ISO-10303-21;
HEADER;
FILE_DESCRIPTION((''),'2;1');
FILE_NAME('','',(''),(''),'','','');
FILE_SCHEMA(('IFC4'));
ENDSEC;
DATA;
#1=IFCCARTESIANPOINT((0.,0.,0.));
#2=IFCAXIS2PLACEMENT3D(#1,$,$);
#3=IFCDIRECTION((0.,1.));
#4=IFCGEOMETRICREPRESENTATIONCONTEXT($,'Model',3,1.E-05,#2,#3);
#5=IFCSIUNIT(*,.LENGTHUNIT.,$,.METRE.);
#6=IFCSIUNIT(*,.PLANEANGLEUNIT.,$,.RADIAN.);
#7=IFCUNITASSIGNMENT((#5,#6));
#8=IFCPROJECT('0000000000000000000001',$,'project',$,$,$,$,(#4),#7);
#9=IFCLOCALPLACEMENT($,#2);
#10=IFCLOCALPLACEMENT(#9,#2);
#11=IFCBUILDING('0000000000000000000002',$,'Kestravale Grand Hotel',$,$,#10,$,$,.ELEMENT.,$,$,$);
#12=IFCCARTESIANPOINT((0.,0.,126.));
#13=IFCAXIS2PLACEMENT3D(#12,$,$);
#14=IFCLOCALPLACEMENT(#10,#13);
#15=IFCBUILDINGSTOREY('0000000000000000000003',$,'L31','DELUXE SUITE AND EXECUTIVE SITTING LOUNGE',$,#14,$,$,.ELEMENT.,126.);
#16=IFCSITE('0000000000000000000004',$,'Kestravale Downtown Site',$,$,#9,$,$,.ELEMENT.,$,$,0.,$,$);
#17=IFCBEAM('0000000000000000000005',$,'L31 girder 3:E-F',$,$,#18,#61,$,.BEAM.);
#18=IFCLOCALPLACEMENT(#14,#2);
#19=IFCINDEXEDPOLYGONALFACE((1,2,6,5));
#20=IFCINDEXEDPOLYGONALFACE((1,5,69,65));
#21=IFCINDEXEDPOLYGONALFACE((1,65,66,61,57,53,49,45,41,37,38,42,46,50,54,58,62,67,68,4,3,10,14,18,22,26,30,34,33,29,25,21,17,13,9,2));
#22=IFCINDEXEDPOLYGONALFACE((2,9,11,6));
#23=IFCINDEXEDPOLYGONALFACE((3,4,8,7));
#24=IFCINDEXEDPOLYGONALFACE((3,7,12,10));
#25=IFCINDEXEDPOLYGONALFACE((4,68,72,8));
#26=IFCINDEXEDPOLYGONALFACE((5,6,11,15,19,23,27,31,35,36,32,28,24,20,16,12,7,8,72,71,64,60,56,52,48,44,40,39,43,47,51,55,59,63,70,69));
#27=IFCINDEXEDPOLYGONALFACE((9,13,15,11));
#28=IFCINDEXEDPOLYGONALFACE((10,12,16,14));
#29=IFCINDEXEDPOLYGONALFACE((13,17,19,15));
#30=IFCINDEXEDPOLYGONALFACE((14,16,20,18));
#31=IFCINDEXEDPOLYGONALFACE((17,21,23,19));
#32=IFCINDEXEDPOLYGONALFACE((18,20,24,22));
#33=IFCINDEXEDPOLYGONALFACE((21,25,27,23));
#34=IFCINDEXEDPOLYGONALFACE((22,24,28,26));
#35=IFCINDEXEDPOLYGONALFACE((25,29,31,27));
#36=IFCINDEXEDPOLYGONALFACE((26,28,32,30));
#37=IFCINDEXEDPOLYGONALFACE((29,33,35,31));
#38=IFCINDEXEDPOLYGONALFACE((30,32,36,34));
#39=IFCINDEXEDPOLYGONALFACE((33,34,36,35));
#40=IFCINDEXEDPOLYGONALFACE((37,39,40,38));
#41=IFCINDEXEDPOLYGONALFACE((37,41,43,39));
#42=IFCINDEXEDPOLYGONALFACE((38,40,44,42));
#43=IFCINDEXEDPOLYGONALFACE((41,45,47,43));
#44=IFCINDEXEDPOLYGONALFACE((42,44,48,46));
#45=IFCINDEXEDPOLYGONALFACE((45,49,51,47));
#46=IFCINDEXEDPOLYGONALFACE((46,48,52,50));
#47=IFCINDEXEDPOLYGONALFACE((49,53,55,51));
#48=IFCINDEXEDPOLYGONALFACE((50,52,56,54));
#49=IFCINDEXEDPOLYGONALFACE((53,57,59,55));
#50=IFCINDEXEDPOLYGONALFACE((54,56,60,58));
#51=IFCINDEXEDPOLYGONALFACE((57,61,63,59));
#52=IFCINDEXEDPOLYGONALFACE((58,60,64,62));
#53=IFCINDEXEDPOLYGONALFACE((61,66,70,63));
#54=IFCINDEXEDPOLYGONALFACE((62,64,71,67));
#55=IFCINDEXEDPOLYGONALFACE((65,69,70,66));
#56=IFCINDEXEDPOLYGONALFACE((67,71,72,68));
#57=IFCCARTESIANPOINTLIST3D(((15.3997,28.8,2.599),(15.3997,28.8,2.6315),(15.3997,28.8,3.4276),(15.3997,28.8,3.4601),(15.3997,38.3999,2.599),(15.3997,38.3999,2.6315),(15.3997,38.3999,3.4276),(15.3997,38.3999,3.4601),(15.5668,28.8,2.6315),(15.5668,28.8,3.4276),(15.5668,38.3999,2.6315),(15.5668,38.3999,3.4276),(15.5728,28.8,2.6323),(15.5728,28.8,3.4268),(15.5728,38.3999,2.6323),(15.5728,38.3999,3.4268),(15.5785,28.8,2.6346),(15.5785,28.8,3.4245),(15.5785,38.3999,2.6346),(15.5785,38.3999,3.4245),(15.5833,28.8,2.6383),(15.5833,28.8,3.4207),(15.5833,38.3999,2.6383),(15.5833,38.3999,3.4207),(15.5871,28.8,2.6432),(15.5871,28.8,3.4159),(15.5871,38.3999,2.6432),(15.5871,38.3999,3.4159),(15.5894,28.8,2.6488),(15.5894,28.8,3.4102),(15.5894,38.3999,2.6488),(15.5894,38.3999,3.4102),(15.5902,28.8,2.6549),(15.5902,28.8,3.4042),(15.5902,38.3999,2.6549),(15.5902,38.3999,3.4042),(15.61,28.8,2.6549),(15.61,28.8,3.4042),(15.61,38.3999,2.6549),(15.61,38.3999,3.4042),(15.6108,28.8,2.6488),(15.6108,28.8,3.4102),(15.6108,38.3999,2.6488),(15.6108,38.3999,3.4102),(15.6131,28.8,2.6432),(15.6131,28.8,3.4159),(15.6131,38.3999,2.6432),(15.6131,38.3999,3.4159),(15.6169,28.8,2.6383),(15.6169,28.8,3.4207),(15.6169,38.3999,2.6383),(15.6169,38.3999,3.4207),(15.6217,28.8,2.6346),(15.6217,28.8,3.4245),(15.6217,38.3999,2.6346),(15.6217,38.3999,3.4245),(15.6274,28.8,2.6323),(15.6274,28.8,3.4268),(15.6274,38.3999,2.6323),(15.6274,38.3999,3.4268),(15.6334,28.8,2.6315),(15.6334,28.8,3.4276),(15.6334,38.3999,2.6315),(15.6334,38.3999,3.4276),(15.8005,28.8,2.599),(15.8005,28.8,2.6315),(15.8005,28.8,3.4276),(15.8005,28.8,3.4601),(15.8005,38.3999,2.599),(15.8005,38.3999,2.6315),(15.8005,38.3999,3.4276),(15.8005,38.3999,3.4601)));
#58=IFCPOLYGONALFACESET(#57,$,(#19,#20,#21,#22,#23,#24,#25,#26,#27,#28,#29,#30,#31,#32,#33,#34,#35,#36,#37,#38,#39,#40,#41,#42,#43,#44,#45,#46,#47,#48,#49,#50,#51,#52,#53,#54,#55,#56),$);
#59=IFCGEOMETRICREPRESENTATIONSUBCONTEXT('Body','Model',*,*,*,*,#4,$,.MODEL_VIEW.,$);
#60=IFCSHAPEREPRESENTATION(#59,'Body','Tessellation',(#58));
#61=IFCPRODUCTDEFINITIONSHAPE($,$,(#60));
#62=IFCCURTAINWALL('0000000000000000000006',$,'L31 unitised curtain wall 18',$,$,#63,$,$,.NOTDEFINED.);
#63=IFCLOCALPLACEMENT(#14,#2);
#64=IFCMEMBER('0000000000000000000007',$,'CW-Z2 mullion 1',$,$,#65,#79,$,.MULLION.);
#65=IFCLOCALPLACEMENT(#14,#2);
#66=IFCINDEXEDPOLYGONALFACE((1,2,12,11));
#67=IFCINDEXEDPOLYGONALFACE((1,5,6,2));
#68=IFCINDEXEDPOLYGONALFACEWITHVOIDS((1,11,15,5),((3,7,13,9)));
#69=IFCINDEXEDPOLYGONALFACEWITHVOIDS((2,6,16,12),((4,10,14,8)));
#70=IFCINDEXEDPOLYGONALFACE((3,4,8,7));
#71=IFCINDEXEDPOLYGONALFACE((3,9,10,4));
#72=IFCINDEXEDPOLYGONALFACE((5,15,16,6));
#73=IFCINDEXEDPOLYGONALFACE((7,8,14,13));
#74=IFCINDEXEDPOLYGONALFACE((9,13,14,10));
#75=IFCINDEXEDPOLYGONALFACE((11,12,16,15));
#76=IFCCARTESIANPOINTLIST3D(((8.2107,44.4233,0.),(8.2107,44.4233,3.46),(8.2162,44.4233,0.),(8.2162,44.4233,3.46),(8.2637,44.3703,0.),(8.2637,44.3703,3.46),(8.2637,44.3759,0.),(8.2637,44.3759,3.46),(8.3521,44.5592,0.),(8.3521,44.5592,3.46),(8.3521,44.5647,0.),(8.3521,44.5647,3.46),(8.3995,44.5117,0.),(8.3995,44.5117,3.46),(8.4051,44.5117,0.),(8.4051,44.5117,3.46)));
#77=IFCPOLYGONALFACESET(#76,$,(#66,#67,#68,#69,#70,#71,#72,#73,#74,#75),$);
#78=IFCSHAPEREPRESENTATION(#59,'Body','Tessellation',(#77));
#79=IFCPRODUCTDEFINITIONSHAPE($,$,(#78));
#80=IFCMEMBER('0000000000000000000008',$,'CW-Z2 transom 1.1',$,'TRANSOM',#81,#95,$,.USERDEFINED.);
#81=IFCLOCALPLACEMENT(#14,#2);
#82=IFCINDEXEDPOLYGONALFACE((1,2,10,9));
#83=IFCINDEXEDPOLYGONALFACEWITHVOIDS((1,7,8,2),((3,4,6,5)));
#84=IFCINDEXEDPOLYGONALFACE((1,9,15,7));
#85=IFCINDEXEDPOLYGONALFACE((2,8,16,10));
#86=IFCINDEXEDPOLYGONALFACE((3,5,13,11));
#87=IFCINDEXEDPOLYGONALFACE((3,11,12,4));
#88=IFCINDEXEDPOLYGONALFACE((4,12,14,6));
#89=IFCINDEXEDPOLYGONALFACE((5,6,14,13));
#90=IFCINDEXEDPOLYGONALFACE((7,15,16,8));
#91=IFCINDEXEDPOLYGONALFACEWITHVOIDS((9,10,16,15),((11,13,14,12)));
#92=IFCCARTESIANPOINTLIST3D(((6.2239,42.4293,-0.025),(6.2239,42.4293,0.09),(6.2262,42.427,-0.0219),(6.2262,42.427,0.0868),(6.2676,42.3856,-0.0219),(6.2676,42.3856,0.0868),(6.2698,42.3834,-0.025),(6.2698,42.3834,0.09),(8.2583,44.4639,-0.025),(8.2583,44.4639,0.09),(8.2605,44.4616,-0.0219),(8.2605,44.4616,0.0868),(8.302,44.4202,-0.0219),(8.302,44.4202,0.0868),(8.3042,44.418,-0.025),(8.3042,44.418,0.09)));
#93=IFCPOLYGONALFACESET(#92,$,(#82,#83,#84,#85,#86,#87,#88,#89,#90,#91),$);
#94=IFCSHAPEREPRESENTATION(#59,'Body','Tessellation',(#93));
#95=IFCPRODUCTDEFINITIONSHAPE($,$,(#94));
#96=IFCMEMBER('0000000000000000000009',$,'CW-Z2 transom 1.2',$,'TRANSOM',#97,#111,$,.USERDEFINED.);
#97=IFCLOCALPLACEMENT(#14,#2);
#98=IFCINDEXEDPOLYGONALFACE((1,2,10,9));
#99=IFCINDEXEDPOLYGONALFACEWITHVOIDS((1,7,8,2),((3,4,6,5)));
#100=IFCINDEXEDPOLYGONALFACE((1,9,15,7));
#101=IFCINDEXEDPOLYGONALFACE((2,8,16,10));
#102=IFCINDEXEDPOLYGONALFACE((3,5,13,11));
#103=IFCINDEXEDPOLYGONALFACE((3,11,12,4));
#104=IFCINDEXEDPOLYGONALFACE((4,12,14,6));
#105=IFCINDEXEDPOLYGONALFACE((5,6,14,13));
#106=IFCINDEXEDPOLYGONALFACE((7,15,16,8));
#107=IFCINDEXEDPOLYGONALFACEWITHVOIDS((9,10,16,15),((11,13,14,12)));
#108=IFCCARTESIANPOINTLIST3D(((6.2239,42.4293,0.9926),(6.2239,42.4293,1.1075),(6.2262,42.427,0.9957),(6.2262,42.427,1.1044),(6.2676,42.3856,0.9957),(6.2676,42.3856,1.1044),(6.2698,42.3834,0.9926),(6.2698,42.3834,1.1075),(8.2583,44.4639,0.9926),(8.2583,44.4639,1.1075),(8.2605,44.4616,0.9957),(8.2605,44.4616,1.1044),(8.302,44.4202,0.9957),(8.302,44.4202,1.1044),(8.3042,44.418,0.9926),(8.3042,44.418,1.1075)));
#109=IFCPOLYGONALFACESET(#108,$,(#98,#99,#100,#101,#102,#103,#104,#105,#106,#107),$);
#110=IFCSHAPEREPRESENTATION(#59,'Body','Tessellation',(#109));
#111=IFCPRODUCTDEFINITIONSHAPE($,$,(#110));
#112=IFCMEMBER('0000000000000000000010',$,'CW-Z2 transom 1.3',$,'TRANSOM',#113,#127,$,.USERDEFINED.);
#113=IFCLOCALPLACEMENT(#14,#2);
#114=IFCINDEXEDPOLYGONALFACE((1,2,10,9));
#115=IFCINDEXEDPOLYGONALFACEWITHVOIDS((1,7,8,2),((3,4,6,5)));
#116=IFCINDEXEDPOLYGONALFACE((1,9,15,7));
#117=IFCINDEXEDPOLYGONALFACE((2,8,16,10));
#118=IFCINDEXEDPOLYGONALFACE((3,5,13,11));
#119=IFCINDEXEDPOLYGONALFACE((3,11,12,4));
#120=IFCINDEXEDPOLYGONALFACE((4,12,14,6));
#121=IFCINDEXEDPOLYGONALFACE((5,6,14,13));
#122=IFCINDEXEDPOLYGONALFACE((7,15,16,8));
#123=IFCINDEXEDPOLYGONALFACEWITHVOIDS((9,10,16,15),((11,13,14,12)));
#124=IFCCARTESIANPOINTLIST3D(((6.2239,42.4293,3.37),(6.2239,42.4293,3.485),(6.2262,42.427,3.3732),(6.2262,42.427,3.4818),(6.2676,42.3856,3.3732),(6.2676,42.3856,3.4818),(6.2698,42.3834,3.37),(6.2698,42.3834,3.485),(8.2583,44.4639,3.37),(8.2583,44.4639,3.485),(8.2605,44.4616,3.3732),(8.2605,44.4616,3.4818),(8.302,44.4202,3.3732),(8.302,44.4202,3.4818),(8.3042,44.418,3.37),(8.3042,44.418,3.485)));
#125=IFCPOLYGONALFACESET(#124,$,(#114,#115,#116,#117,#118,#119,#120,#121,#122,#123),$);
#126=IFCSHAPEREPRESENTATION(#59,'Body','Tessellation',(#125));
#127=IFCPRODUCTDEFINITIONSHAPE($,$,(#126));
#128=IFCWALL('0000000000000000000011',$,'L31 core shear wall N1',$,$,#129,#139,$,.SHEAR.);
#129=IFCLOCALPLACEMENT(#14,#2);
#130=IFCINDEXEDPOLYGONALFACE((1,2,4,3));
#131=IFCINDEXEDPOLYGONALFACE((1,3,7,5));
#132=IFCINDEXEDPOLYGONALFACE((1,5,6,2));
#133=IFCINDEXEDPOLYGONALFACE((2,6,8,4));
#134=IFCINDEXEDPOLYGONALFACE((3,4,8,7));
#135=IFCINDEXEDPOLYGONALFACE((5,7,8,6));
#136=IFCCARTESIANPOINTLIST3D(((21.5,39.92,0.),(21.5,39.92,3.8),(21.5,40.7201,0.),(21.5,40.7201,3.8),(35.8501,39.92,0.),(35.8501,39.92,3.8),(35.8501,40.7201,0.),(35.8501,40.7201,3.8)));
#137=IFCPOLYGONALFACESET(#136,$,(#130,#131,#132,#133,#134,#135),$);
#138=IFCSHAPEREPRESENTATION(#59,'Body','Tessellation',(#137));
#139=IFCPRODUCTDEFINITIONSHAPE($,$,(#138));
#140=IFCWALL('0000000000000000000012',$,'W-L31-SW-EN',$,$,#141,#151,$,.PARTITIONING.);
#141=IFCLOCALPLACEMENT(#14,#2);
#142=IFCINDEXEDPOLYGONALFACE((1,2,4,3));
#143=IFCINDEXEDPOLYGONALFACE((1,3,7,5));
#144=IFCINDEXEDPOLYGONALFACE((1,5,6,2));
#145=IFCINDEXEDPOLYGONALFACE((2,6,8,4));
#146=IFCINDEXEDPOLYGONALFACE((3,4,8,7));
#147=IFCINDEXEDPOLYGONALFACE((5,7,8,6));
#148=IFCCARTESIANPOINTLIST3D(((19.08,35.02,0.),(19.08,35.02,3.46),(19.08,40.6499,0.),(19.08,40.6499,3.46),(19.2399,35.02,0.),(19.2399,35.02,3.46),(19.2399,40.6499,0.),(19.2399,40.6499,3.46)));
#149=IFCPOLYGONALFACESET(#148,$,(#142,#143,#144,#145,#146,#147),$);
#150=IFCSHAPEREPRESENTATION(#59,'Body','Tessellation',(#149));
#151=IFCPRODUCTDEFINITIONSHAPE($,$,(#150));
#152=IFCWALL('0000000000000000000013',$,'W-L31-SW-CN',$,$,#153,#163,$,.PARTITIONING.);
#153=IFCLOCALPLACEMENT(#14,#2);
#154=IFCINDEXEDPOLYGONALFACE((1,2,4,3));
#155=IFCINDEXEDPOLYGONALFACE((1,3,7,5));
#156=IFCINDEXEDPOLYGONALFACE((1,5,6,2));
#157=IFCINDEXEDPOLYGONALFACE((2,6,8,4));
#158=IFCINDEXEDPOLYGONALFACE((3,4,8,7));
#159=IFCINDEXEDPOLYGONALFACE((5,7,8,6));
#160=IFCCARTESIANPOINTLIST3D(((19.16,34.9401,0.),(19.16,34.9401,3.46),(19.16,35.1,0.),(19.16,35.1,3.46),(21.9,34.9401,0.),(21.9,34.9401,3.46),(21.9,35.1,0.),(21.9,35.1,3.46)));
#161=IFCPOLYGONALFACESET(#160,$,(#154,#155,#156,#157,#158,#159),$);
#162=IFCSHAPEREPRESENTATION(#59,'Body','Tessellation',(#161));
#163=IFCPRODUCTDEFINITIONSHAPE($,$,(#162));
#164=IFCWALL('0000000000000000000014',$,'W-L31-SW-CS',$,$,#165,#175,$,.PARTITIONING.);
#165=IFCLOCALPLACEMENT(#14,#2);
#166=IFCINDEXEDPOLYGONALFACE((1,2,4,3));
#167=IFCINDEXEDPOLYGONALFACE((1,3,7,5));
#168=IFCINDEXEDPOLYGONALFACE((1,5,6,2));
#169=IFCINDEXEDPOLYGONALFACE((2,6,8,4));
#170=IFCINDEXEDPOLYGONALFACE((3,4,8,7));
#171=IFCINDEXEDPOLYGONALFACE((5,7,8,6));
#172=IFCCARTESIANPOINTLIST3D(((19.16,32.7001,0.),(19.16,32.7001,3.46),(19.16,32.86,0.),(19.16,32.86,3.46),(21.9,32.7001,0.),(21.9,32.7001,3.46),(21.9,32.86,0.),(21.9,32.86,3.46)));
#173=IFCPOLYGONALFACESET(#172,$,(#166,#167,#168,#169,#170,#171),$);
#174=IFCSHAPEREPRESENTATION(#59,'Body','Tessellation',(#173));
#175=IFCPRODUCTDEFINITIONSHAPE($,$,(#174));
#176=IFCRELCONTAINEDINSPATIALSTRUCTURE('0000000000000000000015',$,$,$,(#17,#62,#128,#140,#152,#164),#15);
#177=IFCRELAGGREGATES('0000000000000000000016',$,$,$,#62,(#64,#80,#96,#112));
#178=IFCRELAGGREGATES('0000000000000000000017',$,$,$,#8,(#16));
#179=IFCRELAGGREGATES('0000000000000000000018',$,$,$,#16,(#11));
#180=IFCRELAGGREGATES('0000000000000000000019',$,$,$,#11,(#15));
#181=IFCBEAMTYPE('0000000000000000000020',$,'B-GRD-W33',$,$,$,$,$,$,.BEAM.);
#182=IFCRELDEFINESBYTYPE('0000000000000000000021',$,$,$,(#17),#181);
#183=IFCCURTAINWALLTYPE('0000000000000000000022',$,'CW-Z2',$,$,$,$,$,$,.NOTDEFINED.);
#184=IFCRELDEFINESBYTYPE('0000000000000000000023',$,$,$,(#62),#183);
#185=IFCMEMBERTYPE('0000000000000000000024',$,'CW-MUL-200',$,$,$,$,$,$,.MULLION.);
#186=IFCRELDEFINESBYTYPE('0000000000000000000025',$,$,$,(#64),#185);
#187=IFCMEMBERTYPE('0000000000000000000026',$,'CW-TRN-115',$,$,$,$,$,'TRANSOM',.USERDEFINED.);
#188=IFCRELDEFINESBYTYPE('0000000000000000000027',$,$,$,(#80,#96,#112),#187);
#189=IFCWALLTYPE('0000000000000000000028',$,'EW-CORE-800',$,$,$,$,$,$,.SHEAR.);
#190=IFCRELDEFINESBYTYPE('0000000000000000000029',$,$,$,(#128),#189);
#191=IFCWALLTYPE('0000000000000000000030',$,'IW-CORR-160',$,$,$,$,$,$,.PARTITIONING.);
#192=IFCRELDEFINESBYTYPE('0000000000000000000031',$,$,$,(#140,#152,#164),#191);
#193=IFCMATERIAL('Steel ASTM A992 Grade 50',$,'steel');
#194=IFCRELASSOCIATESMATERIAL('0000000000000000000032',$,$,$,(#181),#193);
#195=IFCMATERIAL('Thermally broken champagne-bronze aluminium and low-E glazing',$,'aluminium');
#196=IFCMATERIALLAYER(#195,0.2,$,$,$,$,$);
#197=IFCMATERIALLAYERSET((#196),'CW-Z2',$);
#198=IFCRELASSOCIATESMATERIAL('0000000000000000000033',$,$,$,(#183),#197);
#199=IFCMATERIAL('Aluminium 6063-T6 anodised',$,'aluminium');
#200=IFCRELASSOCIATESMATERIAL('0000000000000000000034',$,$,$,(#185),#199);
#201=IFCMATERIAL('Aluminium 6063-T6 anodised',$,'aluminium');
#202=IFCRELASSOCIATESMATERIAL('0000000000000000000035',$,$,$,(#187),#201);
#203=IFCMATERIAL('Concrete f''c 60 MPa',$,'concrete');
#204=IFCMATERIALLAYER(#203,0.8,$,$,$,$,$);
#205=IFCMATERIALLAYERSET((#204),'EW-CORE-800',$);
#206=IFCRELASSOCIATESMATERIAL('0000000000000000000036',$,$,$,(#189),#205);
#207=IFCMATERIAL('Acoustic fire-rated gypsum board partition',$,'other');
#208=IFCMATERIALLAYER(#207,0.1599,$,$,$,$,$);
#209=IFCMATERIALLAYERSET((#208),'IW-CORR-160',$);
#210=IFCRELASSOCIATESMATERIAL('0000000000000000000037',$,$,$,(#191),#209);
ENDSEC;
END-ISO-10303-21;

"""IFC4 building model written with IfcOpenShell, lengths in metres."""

from ifc_helpers import new_model, si_unit, direction, frame, frame_2d, origin, origin_2d, place, context, subcontext, project, spatial, rectangle, hollow_rectangle, i_section, extrude, material, layer, layer_set, material_profile, profile_set, type_object, element, aggregate, save


model = new_model("IFC4")

# Units and contexts
model_context = context("Model", 3, precision=1e-05, world=origin(), true_north=direction((0.0, 1.0)))
body_context = subcontext(model_context, "Body", "Model", "MODEL_VIEW")
ifc_project = project(units=[si_unit("LENGTHUNIT", "METRE"), si_unit("PLANEANGLEUNIT", "RADIAN")], contexts=[model_context])

# Site, building, storey
site_placement = place(None, origin())
site = spatial("IfcSite", under=ifc_project, at=site_placement, Name="Kestravale Downtown Site", CompositionType="ELEMENT", RefElevation=0.0)
building_placement = place(site_placement, origin())
building = spatial("IfcBuilding", under=site, at=building_placement, Name="Kestravale Grand Hotel", CompositionType="ELEMENT")
storey_placement = place(building_placement, frame((0.0, 0.0, 126.0)))
storey = spatial("IfcBuildingStorey", under=building, at=storey_placement, Name="L31", Description="DELUXE SUITE AND EXECUTIVE SITTING LOUNGE", CompositionType="ELEMENT", Elevation=126.0)

# Beam
ifc_material_1 = material(Name="Steel ASTM A992 Grade 50", Category="steel")
ifc_material_profile_1 = material_profile(ifc_material_1, i_section(OverallWidth=0.4009, OverallDepth=0.8611, WebThickness=0.0198, FlangeThickness=0.0325, FilletRadius=0.0234, at=origin_2d()))
ifc_profile_set_1 = profile_set([ifc_material_profile_1], Name="Steel ASTM A992 Grade 50")
beam_type_1 = type_object("IfcBeamType", Name="B-GRD-W33", PredefinedType="BEAM", material=ifc_profile_set_1)
beam_1_placement = place(storey_placement, frame((15.6001, 28.8, 3.0295), z_axis=(0.0, 1.0, 0.0), x_axis=(-1.0, 0.0, 0.0)))
element("IfcBeam", 1, at=beam_1_placement, inside=storey, type_object=beam_type_1, Name="L31 girder 3:E-F", PredefinedType="BEAM", context=body_context, shape_type="SweptSolid", body=[
    extrude(i_section(OverallWidth=0.4009, OverallDepth=0.8611, WebThickness=0.0198, FlangeThickness=0.0325, FilletRadius=0.0234, at=origin_2d()), origin(), (0.0, 0.0, 1.0), 9.5999),
])

# Curtain wall, members
ifc_material_2 = material(Name="Thermally broken champagne-bronze aluminium and low-E glazing", Category="aluminium")
ifc_layer_1 = layer(ifc_material_2, 0.2)
ifc_layer_set_1 = layer_set([ifc_layer_1], Name="CW-Z2")
curtain_wall_type = type_object("IfcCurtainWallType", Name="CW-Z2", PredefinedType="NOTDEFINED", material=ifc_layer_set_1)
curtain_wall_placement = place(storey_placement, origin())
curtain_wall = element("IfcCurtainWall", 2, at=curtain_wall_placement, inside=storey, type_object=curtain_wall_type, Name="L31 unitised curtain wall 18", PredefinedType="NOTDEFINED")
ifc_material_3 = material(Name="Aluminium 6063-T6 anodised", Category="aluminium")
ifc_material_profile_2 = material_profile(ifc_material_3, hollow_rectangle(XDim=0.075, YDim=0.2, WallThickness=0.0039, at=origin_2d()))
ifc_profile_set_2 = profile_set([ifc_material_profile_2], Name="Aluminium 6063-T6 anodised")
member_type_1 = type_object("IfcMemberType", Name="CW-MUL-200", PredefinedType="MULLION", material=ifc_profile_set_2)
member_1_placement = place(storey_placement, frame((8.3079, 44.4675, 0.0), z_axis=(0.0, 0.0, 1.0), x_axis=(0.707107, -0.707107, 0.0)))
member_1 = element("IfcMember", 3, at=member_1_placement, type_object=member_type_1, Name="CW-Z2 mullion 1", PredefinedType="MULLION", context=body_context, shape_type="SweptSolid", body=[
    extrude(hollow_rectangle(XDim=0.075, YDim=0.2, WallThickness=0.0039, at=origin_2d()), origin(), (0.0, 0.0, 1.0), 3.46),
])
ifc_material_4 = material(Name="Aluminium 6063-T6 anodised", Category="aluminium")
ifc_material_profile_3 = material_profile(ifc_material_4, hollow_rectangle(XDim=0.0649, YDim=0.115, WallThickness=0.0032, at=origin_2d()))
ifc_profile_set_3 = profile_set([ifc_material_profile_3], Name="Aluminium 6063-T6 anodised")
member_type_2 = type_object("IfcMemberType", Name="CW-TRN-115", ElementType="TRANSOM", PredefinedType="USERDEFINED", material=ifc_profile_set_3)
member_2_placement = place(storey_placement, frame((8.2812, 44.4409, 0.0325), z_axis=(-0.707064, -0.707149, 0.0), x_axis=(0.707149, -0.707064, 0.0)))
member_2 = element("IfcMember", 4, at=member_2_placement, type_object=member_type_2, Name="CW-Z2 transom 1.1", ObjectType="TRANSOM", PredefinedType="USERDEFINED", context=body_context, shape_type="SweptSolid", body=[
    extrude(hollow_rectangle(XDim=0.0649, YDim=0.115, WallThickness=0.0032, at=origin_2d()), origin(), (0.0, 0.0, 1.0), 2.8772),
])
member_3_placement = place(storey_placement, frame((8.2812, 44.4409, 1.05), z_axis=(-0.707064, -0.707149, 0.0), x_axis=(0.707149, -0.707064, 0.0)))
member_3 = element("IfcMember", 5, at=member_3_placement, type_object=member_type_2, Name="CW-Z2 transom 1.2", ObjectType="TRANSOM", PredefinedType="USERDEFINED", context=body_context, shape_type="SweptSolid", body=[
    extrude(hollow_rectangle(XDim=0.0649, YDim=0.115, WallThickness=0.0032, at=origin_2d()), origin(), (0.0, 0.0, 1.0), 2.8772),
])
member_4_placement = place(storey_placement, frame((8.2812, 44.4409, 3.4275), z_axis=(-0.707064, -0.707149, 0.0), x_axis=(0.707149, -0.707064, 0.0)))
member_4 = element("IfcMember", 6, at=member_4_placement, type_object=member_type_2, Name="CW-Z2 transom 1.3", ObjectType="TRANSOM", PredefinedType="USERDEFINED", context=body_context, shape_type="SweptSolid", body=[
    extrude(hollow_rectangle(XDim=0.0649, YDim=0.115, WallThickness=0.0032, at=origin_2d()), origin(), (0.0, 0.0, 1.0), 2.8772),
])
aggregate(curtain_wall, [member_1, member_2, member_3, member_4])

# Walls
ifc_material_5 = material(Name="Concrete f'c 60 MPa", Category="concrete")
ifc_layer_2 = layer(ifc_material_5, 0.8)
ifc_layer_set_2 = layer_set([ifc_layer_2], Name="EW-CORE-800")
wall_type_1 = type_object("IfcWallType", Name="EW-CORE-800", PredefinedType="SHEAR", material=ifc_layer_set_2)
wall_1_placement = place(storey_placement, frame((21.5, 40.3201, 0.0), z_axis=(0.0, 0.0, 1.0), x_axis=(1.0, 0.0, 0.0)))
element("IfcWall", 7, at=wall_1_placement, inside=storey, type_object=wall_type_1, Name="L31 core shear wall N1", PredefinedType="SHEAR", context=body_context, shape_type="SweptSolid", body=[
    extrude(rectangle(XDim=14.3501, YDim=0.8, at=frame_2d((7.175, 0.0))), origin(), (0.0, 0.0, 1.0), 3.8),
])
ifc_material_6 = material(Name="Acoustic fire-rated gypsum board partition", Category="other")
ifc_layer_3 = layer(ifc_material_6, 0.1599)
ifc_layer_set_3 = layer_set([ifc_layer_3], Name="IW-CORR-160")
wall_type_2 = type_object("IfcWallType", Name="IW-CORR-160", PredefinedType="PARTITIONING", material=ifc_layer_set_3)
wall_2_placement = place(storey_placement, frame((19.1599, 35.02, 0.0), z_axis=(0.0, 0.0, 1.0), x_axis=(0.0, 1.0, 0.0)))
element("IfcWall", 8, at=wall_2_placement, inside=storey, type_object=wall_type_2, Name="W-L31-SW-EN", PredefinedType="PARTITIONING", context=body_context, shape_type="SweptSolid", body=[
    extrude(rectangle(XDim=5.6299, YDim=0.1599, at=frame_2d((2.8149, 0.0))), origin(), (0.0, 0.0, 1.0), 3.46),
])
for number, where, z_axis, x_axis, name in (
    (9, (19.1599, 35.02, 0.0), (0.0, 0.0, 1.0), (1.0, 0.0, 0.0), "W-L31-SW-CN"),
    (10, (19.1599, 32.78, 0.0), (0.0, 0.0, 1.0), (1.0, 0.0, 0.0), "W-L31-SW-CS"),
):
    element("IfcWall", number, at=place(storey_placement, frame(where, z_axis=z_axis, x_axis=x_axis)), inside=storey, type_object=wall_type_2, Name=name, PredefinedType="PARTITIONING", context=body_context, shape_type="SweptSolid", body=[
        extrude(rectangle(XDim=2.74, YDim=0.1599, at=frame_2d((1.3701, 0.0))), origin(), (0.0, 0.0, 1.0), 3.46),
    ])

save(model, "model.ifc")
